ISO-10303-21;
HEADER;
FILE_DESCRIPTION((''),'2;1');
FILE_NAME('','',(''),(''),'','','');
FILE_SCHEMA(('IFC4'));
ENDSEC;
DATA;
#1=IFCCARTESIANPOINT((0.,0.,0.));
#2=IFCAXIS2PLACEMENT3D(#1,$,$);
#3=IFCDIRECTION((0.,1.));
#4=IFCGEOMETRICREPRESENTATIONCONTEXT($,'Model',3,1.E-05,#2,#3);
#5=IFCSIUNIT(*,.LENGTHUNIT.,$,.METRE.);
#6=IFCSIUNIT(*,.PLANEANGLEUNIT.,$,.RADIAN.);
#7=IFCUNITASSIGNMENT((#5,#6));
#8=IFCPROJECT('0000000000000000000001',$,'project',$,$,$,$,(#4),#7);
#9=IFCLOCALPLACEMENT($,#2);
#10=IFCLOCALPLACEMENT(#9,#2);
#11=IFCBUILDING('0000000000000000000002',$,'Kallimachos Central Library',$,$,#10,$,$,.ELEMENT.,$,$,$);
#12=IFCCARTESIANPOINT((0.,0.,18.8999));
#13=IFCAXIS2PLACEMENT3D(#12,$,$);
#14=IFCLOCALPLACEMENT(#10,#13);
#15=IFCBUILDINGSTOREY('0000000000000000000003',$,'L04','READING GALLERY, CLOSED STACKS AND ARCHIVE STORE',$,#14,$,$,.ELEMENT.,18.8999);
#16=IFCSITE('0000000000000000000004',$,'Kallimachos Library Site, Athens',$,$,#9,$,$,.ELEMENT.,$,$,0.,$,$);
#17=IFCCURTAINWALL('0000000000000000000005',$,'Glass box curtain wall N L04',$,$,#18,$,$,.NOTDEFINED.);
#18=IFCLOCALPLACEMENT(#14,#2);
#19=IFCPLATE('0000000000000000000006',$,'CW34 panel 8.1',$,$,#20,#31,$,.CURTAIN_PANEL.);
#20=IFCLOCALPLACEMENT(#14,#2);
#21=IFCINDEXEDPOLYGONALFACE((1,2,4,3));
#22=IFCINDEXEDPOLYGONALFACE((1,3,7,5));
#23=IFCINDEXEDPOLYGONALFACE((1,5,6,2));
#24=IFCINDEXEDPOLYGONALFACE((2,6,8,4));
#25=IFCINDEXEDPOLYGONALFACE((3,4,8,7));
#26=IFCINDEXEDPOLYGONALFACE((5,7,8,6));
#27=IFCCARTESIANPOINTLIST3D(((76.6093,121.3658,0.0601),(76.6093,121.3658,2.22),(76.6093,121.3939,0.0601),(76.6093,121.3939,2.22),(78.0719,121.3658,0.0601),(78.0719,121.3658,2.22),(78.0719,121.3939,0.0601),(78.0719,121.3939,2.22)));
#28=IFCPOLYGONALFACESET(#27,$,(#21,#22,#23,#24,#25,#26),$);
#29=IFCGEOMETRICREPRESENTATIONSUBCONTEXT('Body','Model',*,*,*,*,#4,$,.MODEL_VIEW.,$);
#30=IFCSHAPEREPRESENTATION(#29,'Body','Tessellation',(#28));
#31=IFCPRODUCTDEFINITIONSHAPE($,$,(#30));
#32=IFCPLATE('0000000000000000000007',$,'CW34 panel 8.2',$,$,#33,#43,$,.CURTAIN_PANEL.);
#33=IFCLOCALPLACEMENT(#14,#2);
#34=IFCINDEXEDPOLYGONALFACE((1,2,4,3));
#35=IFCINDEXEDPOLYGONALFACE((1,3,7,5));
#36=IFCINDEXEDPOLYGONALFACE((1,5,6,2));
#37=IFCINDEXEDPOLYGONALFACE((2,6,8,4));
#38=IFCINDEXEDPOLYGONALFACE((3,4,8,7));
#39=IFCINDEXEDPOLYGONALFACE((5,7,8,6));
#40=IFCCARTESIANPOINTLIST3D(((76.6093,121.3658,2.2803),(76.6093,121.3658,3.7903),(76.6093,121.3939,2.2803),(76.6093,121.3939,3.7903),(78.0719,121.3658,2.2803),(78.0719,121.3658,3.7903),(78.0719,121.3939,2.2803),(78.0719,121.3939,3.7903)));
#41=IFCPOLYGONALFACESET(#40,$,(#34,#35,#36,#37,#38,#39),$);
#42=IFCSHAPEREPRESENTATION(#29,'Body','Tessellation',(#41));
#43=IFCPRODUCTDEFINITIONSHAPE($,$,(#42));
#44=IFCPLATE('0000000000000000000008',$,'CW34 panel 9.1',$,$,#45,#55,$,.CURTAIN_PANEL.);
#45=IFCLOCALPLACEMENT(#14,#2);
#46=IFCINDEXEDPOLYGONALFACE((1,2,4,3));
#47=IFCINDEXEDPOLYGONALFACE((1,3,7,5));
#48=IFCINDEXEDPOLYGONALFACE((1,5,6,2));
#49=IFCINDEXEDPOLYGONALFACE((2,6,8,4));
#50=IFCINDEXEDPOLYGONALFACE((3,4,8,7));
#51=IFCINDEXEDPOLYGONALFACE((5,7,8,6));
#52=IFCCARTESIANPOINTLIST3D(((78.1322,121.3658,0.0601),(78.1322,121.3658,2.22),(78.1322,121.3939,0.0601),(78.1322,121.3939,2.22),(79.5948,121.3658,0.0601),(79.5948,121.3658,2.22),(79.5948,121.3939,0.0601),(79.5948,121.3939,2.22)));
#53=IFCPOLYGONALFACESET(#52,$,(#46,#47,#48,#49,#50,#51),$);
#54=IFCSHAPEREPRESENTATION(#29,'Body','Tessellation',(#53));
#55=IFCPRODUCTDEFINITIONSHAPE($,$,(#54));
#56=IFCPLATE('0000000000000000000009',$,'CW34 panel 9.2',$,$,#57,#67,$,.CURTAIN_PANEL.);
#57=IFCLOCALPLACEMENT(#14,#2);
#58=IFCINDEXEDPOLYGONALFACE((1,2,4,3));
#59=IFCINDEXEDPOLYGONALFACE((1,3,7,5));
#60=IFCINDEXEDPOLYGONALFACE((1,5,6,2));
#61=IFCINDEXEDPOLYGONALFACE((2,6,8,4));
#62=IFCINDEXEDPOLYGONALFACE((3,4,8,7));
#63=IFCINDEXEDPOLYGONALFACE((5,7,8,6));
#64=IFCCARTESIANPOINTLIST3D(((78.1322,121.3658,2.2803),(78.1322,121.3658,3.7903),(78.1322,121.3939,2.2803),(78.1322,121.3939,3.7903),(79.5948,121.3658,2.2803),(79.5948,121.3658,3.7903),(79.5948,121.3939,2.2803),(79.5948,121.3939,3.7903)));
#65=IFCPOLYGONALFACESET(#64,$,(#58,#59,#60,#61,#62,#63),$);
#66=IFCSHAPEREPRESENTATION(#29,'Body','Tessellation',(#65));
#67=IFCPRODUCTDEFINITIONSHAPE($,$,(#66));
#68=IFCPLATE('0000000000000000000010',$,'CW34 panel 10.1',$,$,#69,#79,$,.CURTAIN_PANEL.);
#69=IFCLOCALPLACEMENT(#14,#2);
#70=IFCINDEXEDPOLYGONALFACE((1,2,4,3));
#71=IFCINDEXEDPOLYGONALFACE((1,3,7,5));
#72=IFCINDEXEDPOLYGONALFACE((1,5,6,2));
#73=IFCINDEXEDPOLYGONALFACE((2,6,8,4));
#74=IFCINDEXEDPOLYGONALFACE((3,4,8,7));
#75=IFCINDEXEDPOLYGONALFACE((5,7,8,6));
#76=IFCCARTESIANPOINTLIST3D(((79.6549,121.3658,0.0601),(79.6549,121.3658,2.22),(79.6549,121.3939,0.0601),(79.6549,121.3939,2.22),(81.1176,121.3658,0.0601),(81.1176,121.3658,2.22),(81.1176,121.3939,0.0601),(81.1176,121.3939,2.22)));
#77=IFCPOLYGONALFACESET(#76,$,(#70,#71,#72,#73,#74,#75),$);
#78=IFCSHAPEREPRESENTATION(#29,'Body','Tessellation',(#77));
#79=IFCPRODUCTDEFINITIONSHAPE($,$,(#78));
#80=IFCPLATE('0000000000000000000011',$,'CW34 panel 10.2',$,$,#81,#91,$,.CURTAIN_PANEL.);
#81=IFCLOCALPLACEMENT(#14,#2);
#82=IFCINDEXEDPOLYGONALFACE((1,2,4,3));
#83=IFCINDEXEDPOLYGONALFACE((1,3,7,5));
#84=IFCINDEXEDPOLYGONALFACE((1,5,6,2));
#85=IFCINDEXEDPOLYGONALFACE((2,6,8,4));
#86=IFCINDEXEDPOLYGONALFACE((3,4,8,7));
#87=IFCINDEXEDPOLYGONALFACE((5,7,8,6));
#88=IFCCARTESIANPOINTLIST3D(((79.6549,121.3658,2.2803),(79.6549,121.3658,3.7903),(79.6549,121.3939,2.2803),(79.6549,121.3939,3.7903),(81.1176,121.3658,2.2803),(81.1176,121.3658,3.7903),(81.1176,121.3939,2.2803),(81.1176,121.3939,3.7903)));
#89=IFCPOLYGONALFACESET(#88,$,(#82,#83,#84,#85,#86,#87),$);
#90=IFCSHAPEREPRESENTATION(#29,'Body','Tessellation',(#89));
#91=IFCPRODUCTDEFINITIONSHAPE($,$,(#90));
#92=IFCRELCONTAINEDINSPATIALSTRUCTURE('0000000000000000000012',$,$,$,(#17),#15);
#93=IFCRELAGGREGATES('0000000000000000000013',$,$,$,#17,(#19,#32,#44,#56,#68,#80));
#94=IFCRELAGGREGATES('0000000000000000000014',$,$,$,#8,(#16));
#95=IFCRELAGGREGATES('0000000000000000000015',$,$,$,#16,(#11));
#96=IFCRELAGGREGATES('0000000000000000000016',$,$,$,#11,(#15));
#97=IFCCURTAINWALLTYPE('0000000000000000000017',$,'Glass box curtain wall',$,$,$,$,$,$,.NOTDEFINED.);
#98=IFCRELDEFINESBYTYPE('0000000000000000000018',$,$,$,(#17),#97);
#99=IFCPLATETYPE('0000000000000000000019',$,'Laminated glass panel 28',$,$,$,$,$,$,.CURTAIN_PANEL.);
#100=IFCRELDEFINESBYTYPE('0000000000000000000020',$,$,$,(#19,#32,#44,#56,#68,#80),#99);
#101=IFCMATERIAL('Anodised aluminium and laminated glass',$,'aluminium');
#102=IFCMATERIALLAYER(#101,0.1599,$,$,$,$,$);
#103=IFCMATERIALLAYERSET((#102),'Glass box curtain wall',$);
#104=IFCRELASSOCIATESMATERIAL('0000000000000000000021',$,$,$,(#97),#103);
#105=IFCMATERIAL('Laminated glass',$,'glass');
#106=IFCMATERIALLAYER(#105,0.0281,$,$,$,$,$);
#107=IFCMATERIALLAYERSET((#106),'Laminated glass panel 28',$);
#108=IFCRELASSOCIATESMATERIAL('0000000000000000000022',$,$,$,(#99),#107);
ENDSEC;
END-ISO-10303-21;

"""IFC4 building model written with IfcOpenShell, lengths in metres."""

from ifc_helpers import new_model, si_unit, direction, frame, origin, origin_2d, place, context, subcontext, project, spatial, rectangle, extrude, material, layer, layer_set, type_object, element, aggregate, save


model = new_model("IFC4")

# Units and contexts
model_context = context("Model", 3, precision=1e-05, world=origin(), true_north=direction((0.0, 1.0)))
body_context = subcontext(model_context, "Body", "Model", "MODEL_VIEW")
ifc_project = project(units=[si_unit("LENGTHUNIT", "METRE"), si_unit("PLANEANGLEUNIT", "RADIAN")], contexts=[model_context])

# Site, building, storey
site_placement = place(None, origin())
site = spatial("IfcSite", under=ifc_project, at=site_placement, Name="Kallimachos Library Site, Athens", CompositionType="ELEMENT", RefElevation=0.0)
building_placement = place(site_placement, origin())
building = spatial("IfcBuilding", under=site, at=building_placement, Name="Kallimachos Central Library", CompositionType="ELEMENT")
storey_placement = place(building_placement, frame((0.0, 0.0, 18.8999)))
storey = spatial("IfcBuildingStorey", under=building, at=storey_placement, Name="L04", Description="READING GALLERY, CLOSED STACKS AND ARCHIVE STORE", CompositionType="ELEMENT", Elevation=18.8999)

# Curtain wall
ifc_material_1 = material(Name="Anodised aluminium and laminated glass", Category="aluminium")
ifc_layer_1 = layer(ifc_material_1, 0.1599)
ifc_layer_set_1 = layer_set([ifc_layer_1], Name="Glass box curtain wall")
curtain_wall_type = type_object("IfcCurtainWallType", Name="Glass box curtain wall", PredefinedType="NOTDEFINED", material=ifc_layer_set_1)
curtain_wall_placement = place(storey_placement, origin())
curtain_wall = element("IfcCurtainWall", 1, at=curtain_wall_placement, inside=storey, type_object=curtain_wall_type, Name="Glass box curtain wall N L04", PredefinedType="NOTDEFINED")

# Plates
ifc_material_2 = material(Name="Laminated glass", Category="glass")
ifc_layer_2 = layer(ifc_material_2, 0.0281)
ifc_layer_set_2 = layer_set([ifc_layer_2], Name="Laminated glass panel 28")
plate_type = type_object("IfcPlateType", Name="Laminated glass panel 28", PredefinedType="CURTAIN_PANEL", material=ifc_layer_set_2)
plate_1_placement = place(storey_placement, frame((77.3406, 121.3799, 0.0601), z_axis=(0.0, 0.0, 1.0), x_axis=(1.0, 0.0, 0.0)))
plate_1 = element("IfcPlate", 2, at=plate_1_placement, type_object=plate_type, Name="CW34 panel 8.1", PredefinedType="CURTAIN_PANEL", context=body_context, shape_type="SweptSolid", body=[
    extrude(rectangle(XDim=1.4626, YDim=0.0281, at=origin_2d()), origin(), (0.0, 0.0, 1.0), 2.1599),
])
plate_2_placement = place(storey_placement, frame((77.3406, 121.3799, 2.2803), z_axis=(0.0, 0.0, 1.0), x_axis=(1.0, 0.0, 0.0)))
plate_2 = element("IfcPlate", 3, at=plate_2_placement, type_object=plate_type, Name="CW34 panel 8.2", PredefinedType="CURTAIN_PANEL", context=body_context, shape_type="SweptSolid", body=[
    extrude(rectangle(XDim=1.4626, YDim=0.0281, at=origin_2d()), origin(), (0.0, 0.0, 1.0), 1.51),
])
plate_3_placement = place(storey_placement, frame((78.8635, 121.3799, 0.0601), z_axis=(0.0, 0.0, 1.0), x_axis=(1.0, 0.0, 0.0)))
plate_3 = element("IfcPlate", 4, at=plate_3_placement, type_object=plate_type, Name="CW34 panel 9.1", PredefinedType="CURTAIN_PANEL", context=body_context, shape_type="SweptSolid", body=[
    extrude(rectangle(XDim=1.4626, YDim=0.0281, at=origin_2d()), origin(), (0.0, 0.0, 1.0), 2.1599),
])
plate_4_placement = place(storey_placement, frame((78.8635, 121.3799, 2.2803), z_axis=(0.0, 0.0, 1.0), x_axis=(1.0, 0.0, 0.0)))
plate_4 = element("IfcPlate", 5, at=plate_4_placement, type_object=plate_type, Name="CW34 panel 9.2", PredefinedType="CURTAIN_PANEL", context=body_context, shape_type="SweptSolid", body=[
    extrude(rectangle(XDim=1.4626, YDim=0.0281, at=origin_2d()), origin(), (0.0, 0.0, 1.0), 1.51),
])
plate_5_placement = place(storey_placement, frame((80.3862, 121.3799, 0.0601), z_axis=(0.0, 0.0, 1.0), x_axis=(1.0, 0.0, 0.0)))
plate_5 = element("IfcPlate", 6, at=plate_5_placement, type_object=plate_type, Name="CW34 panel 10.1", PredefinedType="CURTAIN_PANEL", context=body_context, shape_type="SweptSolid", body=[
    extrude(rectangle(XDim=1.4626, YDim=0.0281, at=origin_2d()), origin(), (0.0, 0.0, 1.0), 2.1599),
])
plate_6_placement = place(storey_placement, frame((80.3862, 121.3799, 2.2803), z_axis=(0.0, 0.0, 1.0), x_axis=(1.0, 0.0, 0.0)))
plate_6 = element("IfcPlate", 7, at=plate_6_placement, type_object=plate_type, Name="CW34 panel 10.2", PredefinedType="CURTAIN_PANEL", context=body_context, shape_type="SweptSolid", body=[
    extrude(rectangle(XDim=1.4626, YDim=0.0281, at=origin_2d()), origin(), (0.0, 0.0, 1.0), 1.51),
])
aggregate(curtain_wall, [plate_1, plate_2, plate_3, plate_4, plate_5, plate_6])

save(model, "model.ifc")
